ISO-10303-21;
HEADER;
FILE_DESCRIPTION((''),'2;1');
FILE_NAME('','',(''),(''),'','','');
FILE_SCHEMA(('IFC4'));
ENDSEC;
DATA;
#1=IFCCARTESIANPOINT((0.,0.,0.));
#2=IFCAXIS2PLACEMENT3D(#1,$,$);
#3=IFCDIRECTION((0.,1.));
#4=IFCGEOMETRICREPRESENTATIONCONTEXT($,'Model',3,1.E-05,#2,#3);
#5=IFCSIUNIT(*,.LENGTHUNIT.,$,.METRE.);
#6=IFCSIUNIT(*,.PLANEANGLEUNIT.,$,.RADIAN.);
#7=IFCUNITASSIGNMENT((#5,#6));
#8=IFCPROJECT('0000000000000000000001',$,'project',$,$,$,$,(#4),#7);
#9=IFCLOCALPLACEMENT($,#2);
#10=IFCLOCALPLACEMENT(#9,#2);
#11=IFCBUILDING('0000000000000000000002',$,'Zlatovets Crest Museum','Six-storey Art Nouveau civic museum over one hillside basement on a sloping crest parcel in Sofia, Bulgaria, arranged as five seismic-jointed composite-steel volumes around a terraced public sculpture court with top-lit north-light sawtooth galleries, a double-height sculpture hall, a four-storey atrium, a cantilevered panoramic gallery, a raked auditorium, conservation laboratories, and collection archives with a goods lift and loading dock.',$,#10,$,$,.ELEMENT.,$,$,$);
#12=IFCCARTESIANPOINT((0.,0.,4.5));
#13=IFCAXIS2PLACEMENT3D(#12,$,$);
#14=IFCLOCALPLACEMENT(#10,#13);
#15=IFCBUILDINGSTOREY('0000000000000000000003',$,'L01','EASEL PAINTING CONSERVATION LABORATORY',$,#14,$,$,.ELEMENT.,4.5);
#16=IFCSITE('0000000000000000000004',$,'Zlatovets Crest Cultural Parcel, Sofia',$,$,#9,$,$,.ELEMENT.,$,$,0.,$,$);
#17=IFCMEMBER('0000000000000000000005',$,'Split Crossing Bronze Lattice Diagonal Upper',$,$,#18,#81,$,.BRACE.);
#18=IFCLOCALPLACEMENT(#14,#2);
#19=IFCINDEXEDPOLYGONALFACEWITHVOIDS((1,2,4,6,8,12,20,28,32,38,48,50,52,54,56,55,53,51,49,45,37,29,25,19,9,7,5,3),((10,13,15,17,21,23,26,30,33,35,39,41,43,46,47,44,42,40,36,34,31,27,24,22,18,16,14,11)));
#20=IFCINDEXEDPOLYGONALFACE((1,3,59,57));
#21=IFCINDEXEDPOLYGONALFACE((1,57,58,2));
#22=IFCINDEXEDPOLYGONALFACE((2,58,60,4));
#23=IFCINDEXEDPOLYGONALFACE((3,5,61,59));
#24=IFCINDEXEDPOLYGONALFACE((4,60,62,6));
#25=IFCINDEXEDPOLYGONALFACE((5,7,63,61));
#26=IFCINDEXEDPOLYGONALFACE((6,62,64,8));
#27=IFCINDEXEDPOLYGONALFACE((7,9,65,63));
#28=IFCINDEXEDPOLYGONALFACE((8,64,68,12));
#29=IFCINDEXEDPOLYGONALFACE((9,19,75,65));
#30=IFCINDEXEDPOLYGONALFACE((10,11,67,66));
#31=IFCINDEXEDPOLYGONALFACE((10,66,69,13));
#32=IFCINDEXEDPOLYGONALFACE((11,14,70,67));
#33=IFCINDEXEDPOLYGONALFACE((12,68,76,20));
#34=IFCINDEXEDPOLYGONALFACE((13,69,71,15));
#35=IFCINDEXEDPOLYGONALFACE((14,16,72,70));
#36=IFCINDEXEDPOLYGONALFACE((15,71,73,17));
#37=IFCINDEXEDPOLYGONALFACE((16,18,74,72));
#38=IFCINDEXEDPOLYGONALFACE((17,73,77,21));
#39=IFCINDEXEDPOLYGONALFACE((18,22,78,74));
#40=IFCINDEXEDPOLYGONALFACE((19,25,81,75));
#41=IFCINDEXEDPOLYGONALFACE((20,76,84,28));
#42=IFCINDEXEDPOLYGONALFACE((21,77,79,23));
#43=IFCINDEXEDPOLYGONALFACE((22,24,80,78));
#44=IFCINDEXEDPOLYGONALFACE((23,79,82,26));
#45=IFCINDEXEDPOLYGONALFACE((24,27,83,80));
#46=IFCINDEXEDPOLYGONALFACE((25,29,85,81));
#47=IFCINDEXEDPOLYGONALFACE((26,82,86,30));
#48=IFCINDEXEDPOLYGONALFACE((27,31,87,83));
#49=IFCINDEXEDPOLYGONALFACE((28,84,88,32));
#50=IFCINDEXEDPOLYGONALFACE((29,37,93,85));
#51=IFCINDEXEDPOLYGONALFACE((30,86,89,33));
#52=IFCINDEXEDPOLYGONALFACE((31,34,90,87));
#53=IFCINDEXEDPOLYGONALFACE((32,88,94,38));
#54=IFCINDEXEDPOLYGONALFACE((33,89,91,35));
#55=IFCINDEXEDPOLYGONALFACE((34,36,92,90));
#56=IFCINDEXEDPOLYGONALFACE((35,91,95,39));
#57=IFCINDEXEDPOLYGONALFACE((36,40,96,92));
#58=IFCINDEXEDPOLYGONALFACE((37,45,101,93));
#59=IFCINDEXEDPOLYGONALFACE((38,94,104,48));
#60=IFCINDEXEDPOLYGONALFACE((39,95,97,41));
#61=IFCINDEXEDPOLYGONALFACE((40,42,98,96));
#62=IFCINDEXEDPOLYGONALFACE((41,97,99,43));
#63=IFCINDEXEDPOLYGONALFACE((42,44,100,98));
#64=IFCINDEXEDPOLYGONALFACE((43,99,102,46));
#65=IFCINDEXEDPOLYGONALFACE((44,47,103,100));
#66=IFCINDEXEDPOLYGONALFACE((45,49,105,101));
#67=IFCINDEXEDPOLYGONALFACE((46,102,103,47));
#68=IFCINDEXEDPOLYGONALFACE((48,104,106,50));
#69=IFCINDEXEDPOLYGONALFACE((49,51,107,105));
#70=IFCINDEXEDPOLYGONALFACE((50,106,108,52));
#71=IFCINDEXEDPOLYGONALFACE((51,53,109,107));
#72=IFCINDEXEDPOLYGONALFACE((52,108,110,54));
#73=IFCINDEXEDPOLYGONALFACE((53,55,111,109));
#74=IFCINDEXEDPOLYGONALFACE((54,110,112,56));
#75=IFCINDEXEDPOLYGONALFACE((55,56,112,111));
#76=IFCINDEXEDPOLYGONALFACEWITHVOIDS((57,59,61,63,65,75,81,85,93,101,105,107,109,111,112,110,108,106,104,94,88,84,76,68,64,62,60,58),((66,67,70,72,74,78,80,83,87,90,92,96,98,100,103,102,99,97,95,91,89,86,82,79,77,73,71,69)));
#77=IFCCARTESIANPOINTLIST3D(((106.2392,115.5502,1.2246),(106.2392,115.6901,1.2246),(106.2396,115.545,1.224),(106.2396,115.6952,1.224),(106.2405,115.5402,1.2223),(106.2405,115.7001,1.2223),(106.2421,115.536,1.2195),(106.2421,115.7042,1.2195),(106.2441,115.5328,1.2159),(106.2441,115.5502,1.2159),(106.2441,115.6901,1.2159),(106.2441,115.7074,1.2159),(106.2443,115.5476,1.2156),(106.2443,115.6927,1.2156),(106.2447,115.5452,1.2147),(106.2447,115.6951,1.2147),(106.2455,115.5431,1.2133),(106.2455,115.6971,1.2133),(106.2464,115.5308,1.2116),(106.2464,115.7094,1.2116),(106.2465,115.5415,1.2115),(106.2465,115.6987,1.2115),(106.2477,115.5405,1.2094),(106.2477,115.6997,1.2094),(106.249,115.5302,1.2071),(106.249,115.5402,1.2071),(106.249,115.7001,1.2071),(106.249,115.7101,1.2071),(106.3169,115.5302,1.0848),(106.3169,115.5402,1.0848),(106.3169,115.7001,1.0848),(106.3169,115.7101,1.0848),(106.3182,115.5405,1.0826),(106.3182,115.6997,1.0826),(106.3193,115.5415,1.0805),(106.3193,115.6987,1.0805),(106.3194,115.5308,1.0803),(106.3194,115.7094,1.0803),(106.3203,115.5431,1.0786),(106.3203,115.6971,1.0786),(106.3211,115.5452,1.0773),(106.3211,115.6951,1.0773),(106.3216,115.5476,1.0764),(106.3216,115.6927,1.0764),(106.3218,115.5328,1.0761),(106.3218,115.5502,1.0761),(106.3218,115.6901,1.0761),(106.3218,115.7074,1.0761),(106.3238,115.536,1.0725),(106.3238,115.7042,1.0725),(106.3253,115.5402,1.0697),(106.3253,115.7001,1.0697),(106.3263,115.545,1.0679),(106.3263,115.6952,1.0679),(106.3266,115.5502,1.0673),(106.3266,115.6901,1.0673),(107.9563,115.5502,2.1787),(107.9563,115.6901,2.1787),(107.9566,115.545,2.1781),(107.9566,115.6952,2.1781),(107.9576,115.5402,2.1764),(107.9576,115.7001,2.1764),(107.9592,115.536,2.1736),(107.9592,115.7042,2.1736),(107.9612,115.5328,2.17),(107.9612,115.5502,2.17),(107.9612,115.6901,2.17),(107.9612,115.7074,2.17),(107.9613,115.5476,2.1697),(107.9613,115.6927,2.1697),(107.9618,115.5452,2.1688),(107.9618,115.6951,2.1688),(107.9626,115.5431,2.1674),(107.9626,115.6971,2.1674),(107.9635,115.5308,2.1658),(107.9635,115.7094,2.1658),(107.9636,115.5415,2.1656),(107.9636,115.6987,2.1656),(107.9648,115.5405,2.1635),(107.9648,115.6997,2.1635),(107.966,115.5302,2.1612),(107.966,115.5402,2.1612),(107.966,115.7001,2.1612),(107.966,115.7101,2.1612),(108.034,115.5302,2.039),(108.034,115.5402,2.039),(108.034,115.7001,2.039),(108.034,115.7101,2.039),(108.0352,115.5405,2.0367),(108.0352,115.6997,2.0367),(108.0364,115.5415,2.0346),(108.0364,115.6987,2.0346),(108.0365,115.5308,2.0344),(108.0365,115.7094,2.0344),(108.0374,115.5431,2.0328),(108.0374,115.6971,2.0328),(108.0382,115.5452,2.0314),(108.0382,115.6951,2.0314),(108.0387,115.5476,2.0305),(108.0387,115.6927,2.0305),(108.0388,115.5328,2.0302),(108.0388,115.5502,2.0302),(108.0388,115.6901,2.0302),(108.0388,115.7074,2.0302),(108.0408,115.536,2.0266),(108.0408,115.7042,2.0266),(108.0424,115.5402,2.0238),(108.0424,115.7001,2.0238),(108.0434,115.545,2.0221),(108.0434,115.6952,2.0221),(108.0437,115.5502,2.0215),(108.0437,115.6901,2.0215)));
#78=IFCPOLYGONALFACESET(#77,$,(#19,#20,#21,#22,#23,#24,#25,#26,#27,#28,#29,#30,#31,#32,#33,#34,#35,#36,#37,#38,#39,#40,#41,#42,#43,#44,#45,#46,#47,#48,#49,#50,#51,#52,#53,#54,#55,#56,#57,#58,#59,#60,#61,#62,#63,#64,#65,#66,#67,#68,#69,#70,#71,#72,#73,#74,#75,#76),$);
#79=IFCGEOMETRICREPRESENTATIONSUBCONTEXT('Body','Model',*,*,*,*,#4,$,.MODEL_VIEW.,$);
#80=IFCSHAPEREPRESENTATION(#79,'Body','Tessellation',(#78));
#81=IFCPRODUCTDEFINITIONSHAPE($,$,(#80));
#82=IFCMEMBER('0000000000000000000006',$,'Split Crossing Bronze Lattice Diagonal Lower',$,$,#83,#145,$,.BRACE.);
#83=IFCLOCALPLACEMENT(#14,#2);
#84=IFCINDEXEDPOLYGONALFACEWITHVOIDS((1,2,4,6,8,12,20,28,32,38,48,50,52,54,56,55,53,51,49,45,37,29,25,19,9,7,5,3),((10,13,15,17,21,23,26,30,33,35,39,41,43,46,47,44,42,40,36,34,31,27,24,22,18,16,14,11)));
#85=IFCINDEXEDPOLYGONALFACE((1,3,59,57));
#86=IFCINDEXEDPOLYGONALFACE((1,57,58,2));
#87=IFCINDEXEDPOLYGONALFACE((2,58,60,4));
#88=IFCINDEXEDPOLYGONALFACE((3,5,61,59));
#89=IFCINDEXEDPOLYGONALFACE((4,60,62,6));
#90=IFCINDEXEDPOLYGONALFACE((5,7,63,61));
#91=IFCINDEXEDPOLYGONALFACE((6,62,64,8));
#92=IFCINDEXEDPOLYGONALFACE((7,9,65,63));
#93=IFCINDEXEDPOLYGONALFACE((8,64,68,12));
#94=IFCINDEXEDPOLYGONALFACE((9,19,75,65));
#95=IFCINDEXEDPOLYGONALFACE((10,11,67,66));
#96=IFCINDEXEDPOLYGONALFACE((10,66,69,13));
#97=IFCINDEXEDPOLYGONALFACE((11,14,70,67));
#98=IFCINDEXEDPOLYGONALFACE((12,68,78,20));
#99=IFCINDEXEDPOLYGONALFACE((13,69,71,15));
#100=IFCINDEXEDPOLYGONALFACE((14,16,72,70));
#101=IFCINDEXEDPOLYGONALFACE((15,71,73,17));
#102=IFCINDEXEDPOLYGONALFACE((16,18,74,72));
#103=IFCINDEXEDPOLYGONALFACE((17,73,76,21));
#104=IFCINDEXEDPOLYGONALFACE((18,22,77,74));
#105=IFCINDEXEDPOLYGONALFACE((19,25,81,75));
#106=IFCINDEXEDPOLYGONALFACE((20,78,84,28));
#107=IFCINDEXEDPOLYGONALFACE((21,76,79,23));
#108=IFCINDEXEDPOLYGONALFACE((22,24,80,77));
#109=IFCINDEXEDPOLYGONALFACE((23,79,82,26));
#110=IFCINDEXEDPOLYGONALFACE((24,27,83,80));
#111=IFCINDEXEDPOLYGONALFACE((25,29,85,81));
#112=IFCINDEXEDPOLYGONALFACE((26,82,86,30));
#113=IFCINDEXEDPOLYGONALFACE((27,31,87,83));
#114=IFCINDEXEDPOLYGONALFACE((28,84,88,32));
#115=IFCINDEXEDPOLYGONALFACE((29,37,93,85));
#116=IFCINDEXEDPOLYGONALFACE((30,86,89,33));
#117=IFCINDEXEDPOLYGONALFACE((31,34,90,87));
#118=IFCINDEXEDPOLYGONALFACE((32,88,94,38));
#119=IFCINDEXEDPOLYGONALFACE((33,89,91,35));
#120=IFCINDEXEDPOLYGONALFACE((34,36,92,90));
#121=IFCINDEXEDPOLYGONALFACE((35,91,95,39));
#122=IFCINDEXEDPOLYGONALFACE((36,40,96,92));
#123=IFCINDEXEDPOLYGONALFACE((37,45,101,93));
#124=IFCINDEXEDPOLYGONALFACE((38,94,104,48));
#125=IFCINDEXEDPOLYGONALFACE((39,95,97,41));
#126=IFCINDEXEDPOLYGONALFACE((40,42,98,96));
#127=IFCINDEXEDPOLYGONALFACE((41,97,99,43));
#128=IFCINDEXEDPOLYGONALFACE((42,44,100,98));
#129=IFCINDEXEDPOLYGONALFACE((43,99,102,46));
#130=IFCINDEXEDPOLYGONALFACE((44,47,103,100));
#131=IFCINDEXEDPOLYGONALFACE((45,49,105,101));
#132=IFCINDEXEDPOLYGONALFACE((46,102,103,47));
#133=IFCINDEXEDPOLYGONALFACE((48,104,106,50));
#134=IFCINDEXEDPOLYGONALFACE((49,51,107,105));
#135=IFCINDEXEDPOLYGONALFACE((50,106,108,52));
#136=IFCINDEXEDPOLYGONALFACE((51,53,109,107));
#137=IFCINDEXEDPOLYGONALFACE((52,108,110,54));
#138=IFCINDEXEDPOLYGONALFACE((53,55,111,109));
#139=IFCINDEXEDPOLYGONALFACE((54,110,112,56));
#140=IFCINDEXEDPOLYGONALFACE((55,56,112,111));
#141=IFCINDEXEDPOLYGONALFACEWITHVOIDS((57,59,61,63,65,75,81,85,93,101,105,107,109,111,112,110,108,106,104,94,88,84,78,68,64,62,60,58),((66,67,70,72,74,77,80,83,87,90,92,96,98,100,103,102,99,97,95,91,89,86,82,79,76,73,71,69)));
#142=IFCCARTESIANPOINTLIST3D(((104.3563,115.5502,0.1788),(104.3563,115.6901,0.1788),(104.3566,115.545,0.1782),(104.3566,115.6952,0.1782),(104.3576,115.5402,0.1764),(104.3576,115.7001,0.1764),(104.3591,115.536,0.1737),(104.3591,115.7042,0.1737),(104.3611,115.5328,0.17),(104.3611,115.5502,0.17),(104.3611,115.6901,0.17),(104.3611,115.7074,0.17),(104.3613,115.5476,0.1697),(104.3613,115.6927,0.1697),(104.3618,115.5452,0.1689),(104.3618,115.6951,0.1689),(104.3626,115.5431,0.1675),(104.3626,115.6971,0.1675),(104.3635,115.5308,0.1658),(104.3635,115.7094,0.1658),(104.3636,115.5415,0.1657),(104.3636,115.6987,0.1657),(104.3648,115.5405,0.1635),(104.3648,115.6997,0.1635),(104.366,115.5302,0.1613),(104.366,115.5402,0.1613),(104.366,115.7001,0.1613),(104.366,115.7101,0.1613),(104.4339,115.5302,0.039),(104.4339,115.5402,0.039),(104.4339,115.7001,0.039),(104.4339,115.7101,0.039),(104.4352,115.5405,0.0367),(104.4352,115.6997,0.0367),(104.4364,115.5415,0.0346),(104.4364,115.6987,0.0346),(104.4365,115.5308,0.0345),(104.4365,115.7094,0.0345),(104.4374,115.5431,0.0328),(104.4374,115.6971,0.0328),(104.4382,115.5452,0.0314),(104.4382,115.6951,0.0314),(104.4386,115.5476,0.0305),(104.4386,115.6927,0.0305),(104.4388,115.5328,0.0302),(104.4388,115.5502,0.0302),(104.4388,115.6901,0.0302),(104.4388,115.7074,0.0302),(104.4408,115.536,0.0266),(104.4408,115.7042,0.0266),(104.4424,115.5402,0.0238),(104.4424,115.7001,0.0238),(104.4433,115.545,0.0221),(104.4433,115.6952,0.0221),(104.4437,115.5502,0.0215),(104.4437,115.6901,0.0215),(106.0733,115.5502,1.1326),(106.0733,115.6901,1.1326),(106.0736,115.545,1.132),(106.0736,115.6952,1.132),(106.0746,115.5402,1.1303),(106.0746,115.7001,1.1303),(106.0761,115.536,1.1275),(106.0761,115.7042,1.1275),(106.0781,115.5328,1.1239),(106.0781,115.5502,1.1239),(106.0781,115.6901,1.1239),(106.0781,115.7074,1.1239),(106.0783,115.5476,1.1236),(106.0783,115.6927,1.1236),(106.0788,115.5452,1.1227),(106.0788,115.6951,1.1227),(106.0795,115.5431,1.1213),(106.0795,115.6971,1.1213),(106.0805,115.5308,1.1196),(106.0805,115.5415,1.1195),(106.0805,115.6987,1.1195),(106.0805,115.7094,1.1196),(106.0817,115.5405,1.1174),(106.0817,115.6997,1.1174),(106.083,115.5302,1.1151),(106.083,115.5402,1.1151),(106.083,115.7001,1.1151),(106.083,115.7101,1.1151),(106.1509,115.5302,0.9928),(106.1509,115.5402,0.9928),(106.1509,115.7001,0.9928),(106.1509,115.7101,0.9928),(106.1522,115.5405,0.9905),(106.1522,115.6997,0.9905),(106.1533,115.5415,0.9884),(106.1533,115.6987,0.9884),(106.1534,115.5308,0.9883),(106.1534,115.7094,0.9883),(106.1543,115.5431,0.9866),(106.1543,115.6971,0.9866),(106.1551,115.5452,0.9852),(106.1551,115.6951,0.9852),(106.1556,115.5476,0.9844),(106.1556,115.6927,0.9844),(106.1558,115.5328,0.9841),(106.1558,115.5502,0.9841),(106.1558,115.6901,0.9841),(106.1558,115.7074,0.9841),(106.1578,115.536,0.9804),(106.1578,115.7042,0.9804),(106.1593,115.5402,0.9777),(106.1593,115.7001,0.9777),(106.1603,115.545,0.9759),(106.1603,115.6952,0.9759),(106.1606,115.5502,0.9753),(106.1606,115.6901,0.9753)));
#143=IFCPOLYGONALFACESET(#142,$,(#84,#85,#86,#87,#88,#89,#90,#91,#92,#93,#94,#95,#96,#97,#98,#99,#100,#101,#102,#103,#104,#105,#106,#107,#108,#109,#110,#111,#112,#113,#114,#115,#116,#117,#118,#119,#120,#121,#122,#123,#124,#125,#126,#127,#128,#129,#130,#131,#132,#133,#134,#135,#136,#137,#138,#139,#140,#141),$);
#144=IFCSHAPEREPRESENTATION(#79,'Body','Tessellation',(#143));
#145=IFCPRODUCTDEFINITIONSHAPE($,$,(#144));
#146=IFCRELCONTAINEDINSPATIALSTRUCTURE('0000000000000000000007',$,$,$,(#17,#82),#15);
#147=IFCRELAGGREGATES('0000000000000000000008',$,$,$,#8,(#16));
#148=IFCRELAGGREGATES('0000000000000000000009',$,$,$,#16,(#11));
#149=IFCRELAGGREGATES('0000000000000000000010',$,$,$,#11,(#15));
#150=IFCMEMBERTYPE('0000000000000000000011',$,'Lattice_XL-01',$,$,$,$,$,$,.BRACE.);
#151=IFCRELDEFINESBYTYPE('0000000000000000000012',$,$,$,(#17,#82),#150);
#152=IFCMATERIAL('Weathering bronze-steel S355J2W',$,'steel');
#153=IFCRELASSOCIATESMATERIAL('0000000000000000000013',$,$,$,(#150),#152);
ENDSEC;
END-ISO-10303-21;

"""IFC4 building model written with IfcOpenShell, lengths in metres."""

from ifc_helpers import new_model, si_unit, direction, frame, origin, origin_2d, place, context, subcontext, project, spatial, hollow_rectangle, extrude, material, material_profile, profile_set, type_object, element, save


model = new_model("IFC4")

# Units and contexts
model_context = context("Model", 3, precision=1e-05, world=origin(), true_north=direction((0.0, 1.0)))
body_context = subcontext(model_context, "Body", "Model", "MODEL_VIEW")
ifc_project = project(units=[si_unit("LENGTHUNIT", "METRE"), si_unit("PLANEANGLEUNIT", "RADIAN")], contexts=[model_context])

# Site, building, storey
site_placement = place(None, origin())
site = spatial("IfcSite", under=ifc_project, at=site_placement, Name="Zlatovets Crest Cultural Parcel, Sofia", CompositionType="ELEMENT", RefElevation=0.0)
building_placement = place(site_placement, origin())
building = spatial("IfcBuilding", under=site, at=building_placement, Name="Zlatovets Crest Museum", Description="Six-storey Art Nouveau civic museum over one hillside basement on a sloping crest parcel in Sofia, Bulgaria, arranged as five seismic-jointed composite-steel volumes around a terraced public sculpture court with top-lit north-light sawtooth galleries, a double-height sculpture hall, a four-storey atrium, a cantilevered panoramic gallery, a raked auditorium, conservation laboratories, and collection archives with a goods lift and loading dock.", CompositionType="ELEMENT")
storey_placement = place(building_placement, frame((0.0, 0.0, 4.5)))
storey = spatial("IfcBuildingStorey", under=building, at=storey_placement, Name="L01", Description="EASEL PAINTING CONSERVATION LABORATORY", CompositionType="ELEMENT", Elevation=4.5)

# Members
ifc_material_1 = material(Name="Weathering bronze-steel S355J2W", Category="steel")
ifc_material_profile_1 = material_profile(ifc_material_1, hollow_rectangle(XDim=0.1799, YDim=0.1799, WallThickness=0.01, InnerFilletRadius=0.01, OuterFilletRadius=0.02, at=origin_2d()), Name="SHS 180x180x10.0")
ifc_profile_set_1 = profile_set([ifc_material_profile_1], Name="Weathering bronze-steel S355J2W")
member_type_1 = type_object("IfcMemberType", Name="Lattice_XL-01", PredefinedType="BRACE", material=ifc_profile_set_1)
member_1_placement = place(storey_placement, frame((108.0, 115.6201, 2.1001), z_axis=(-0.874116, 0.0, -0.485717), x_axis=(0.0, -1.0, 0.0)))
element("IfcMember", 1, at=member_1_placement, inside=storey, type_object=member_type_1, Name="Split Crossing Bronze Lattice Diagonal Upper", PredefinedType="BRACE", context=body_context, shape_type="SweptSolid", body=[
    extrude(hollow_rectangle(XDim=0.1799, YDim=0.1799, WallThickness=0.01, InnerFilletRadius=0.01, OuterFilletRadius=0.02, at=origin_2d()), origin(), (0.0, 0.0, 1.0), 1.9644),
])
member_2_placement = place(storey_placement, frame((106.1169, 115.6201, 1.054), z_axis=(-0.874169, 0.0, -0.485622), x_axis=(0.0, -1.0, 0.0)))
element("IfcMember", 2, at=member_2_placement, inside=storey, type_object=member_type_1, Name="Split Crossing Bronze Lattice Diagonal Lower", PredefinedType="BRACE", context=body_context, shape_type="SweptSolid", body=[
    extrude(hollow_rectangle(XDim=0.1799, YDim=0.1799, WallThickness=0.01, InnerFilletRadius=0.01, OuterFilletRadius=0.02, at=origin_2d()), origin(), (0.0, 0.0, 1.0), 1.9641),
])

save(model, "model.ifc")
